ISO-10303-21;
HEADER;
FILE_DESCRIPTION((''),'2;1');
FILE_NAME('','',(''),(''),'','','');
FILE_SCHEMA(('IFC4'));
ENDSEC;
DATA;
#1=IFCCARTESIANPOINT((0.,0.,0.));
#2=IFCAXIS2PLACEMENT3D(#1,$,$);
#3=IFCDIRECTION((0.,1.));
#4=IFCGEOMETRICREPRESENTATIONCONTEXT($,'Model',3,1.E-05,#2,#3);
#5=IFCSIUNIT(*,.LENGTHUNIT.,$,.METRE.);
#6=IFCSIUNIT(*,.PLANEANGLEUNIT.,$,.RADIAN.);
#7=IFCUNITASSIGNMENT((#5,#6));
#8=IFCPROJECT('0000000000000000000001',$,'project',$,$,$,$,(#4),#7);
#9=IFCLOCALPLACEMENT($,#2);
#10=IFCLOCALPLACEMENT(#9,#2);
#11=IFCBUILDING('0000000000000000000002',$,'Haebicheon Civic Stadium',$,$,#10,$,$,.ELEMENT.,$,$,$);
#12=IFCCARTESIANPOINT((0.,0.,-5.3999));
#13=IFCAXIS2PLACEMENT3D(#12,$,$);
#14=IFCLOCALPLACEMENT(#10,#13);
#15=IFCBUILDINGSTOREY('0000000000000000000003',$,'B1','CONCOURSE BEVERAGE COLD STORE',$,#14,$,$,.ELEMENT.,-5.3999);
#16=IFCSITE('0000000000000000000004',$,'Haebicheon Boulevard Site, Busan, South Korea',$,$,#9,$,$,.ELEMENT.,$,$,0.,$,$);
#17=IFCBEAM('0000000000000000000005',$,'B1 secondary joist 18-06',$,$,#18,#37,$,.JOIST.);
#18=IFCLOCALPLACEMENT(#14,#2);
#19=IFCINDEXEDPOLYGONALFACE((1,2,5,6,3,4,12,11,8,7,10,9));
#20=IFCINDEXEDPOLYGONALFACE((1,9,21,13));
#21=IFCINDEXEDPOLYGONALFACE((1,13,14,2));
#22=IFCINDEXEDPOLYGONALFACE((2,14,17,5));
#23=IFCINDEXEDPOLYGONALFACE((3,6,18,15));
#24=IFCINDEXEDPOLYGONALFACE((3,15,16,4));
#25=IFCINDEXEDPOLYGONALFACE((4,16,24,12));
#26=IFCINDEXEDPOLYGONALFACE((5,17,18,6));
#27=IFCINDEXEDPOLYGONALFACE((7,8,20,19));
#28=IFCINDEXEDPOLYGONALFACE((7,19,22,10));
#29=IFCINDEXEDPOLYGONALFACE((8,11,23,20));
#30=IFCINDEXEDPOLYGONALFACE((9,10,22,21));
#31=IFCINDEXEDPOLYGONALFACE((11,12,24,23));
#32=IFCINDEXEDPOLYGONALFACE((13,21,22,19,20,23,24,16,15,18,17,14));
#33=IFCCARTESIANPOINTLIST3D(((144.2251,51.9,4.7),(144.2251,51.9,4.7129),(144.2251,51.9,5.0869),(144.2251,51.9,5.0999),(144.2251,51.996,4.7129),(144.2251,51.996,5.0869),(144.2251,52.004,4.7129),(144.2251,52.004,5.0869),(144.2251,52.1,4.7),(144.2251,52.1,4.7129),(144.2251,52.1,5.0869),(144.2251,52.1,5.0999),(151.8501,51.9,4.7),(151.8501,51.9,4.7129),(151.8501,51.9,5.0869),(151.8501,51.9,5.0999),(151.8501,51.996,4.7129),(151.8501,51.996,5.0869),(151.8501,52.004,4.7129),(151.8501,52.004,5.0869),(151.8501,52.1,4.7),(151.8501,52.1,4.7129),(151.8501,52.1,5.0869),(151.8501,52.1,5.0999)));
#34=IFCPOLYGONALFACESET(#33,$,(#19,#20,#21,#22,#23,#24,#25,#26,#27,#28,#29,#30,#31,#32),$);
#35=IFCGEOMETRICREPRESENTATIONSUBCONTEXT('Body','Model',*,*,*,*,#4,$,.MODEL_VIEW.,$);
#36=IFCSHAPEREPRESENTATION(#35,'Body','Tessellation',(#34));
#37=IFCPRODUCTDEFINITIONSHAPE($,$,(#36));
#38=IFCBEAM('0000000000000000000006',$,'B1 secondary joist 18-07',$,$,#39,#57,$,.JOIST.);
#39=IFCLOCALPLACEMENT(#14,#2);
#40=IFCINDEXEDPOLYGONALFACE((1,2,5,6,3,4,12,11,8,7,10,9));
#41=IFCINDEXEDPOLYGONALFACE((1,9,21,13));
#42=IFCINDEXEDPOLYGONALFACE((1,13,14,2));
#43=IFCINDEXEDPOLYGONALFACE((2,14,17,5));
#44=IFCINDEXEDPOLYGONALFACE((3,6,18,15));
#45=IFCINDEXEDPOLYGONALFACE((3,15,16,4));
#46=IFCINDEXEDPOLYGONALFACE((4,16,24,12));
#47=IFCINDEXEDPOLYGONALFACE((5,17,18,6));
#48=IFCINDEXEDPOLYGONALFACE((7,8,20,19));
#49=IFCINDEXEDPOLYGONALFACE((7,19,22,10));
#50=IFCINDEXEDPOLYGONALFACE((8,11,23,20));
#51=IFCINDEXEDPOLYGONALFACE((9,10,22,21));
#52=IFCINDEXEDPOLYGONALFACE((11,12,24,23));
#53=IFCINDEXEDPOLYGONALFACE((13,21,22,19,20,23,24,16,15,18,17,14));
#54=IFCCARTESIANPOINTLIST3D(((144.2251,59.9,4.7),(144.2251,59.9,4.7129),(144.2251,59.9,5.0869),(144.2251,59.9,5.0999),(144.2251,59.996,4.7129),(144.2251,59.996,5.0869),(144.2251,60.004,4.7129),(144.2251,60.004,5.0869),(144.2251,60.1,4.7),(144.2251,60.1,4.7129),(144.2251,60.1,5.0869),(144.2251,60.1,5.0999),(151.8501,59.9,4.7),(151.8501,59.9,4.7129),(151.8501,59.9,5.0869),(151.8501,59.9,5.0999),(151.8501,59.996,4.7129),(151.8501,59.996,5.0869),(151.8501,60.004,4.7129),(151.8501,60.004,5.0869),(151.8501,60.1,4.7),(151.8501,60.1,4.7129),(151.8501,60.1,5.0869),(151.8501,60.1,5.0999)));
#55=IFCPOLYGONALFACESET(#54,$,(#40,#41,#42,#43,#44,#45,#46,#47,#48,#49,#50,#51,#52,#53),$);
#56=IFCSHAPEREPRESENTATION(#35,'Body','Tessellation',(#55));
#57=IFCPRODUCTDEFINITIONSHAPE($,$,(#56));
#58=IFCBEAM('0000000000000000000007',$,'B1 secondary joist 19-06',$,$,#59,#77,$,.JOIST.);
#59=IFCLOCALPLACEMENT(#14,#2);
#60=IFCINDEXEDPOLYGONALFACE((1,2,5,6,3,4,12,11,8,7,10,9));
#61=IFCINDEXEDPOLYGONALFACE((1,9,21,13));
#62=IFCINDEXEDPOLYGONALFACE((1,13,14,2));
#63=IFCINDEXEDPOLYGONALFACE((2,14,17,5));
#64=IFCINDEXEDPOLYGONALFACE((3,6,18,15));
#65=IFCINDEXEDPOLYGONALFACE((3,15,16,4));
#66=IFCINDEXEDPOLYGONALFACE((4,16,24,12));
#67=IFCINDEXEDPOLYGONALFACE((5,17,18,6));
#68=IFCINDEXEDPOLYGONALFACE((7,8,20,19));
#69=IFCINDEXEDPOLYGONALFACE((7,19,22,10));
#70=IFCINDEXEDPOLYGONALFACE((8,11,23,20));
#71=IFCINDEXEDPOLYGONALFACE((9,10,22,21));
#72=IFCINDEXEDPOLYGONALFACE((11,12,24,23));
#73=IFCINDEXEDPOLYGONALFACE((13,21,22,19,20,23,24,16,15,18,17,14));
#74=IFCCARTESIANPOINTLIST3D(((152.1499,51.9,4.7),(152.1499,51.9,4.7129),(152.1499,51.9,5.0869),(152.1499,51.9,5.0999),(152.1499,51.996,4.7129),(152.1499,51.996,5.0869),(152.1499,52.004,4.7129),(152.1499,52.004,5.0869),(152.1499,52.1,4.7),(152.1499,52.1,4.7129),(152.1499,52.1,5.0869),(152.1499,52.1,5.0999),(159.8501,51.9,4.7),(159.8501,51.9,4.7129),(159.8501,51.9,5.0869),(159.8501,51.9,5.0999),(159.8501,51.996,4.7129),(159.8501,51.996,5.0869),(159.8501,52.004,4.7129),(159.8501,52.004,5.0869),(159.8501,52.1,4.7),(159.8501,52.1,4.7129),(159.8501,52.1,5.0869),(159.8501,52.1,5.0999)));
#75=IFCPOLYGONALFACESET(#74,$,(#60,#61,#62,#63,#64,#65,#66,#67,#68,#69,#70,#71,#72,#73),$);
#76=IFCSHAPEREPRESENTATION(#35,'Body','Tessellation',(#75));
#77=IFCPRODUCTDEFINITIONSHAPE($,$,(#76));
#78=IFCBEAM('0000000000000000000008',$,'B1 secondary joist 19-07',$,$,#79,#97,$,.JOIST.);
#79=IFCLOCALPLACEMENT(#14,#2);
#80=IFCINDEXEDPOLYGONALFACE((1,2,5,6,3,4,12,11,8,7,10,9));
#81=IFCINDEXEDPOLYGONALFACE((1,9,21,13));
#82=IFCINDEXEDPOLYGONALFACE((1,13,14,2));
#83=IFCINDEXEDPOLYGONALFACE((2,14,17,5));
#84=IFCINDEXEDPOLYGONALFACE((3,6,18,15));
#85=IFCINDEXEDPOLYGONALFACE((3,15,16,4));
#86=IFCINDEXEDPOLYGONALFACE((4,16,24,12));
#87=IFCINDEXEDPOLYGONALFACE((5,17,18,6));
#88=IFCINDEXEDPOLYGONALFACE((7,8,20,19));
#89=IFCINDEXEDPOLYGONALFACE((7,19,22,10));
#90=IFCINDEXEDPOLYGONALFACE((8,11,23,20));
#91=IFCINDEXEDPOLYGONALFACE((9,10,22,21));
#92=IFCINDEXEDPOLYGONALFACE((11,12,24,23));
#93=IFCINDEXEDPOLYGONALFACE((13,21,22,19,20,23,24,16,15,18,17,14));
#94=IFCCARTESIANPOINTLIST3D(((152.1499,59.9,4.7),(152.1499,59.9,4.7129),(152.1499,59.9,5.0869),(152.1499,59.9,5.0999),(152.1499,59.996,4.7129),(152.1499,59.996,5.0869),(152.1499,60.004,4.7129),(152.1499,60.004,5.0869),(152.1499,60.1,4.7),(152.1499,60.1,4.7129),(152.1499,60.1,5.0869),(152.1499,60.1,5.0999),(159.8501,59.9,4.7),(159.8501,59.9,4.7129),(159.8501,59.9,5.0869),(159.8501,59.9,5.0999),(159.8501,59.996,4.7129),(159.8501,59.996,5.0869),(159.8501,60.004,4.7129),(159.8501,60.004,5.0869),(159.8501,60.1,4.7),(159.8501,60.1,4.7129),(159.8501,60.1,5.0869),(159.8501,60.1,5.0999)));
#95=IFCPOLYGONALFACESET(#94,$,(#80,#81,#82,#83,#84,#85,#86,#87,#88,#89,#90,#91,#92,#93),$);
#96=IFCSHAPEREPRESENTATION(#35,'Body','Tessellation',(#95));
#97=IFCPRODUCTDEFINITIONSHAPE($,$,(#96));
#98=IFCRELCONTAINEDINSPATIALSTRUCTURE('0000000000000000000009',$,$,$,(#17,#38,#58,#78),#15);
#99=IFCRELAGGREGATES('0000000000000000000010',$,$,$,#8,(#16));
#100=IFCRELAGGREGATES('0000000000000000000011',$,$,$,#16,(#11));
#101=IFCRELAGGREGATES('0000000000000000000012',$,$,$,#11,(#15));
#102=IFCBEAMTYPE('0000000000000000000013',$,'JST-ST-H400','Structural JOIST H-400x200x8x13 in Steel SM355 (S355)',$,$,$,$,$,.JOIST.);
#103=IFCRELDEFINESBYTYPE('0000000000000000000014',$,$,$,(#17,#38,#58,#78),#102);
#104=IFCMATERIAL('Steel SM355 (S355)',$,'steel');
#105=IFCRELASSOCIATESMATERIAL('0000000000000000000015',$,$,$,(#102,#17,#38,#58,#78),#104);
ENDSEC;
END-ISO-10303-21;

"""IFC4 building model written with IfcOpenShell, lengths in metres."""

from ifc_helpers import new_model, si_unit, direction, frame, origin, origin_2d, place, context, subcontext, project, spatial, i_section, extrude, material, material_profile, profile_set, type_object, element, save


model = new_model("IFC4")

# Units and contexts
model_context = context("Model", 3, precision=1e-05, world=origin(), true_north=direction((0.0, 1.0)))
body_context = subcontext(model_context, "Body", "Model", "MODEL_VIEW")
ifc_project = project(units=[si_unit("LENGTHUNIT", "METRE"), si_unit("PLANEANGLEUNIT", "RADIAN")], contexts=[model_context])

# Site, building, storey
site_placement = place(None, origin())
site = spatial("IfcSite", under=ifc_project, at=site_placement, Name="Haebicheon Boulevard Site, Busan, South Korea", CompositionType="ELEMENT", RefElevation=0.0)
building_placement = place(site_placement, origin())
building = spatial("IfcBuilding", under=site, at=building_placement, Name="Haebicheon Civic Stadium", CompositionType="ELEMENT")
storey_placement = place(building_placement, frame((0.0, 0.0, -5.3999)))
storey = spatial("IfcBuildingStorey", under=building, at=storey_placement, Name="B1", Description="CONCOURSE BEVERAGE COLD STORE", CompositionType="ELEMENT", Elevation=-5.3999)

# Beams
ifc_material_1 = material(Name="Steel SM355 (S355)", Category="steel")
ifc_material_profile_1 = material_profile(ifc_material_1, i_section(OverallWidth=0.2, OverallDepth=0.3999, WebThickness=0.0081, FlangeThickness=0.0129, at=origin_2d()), Name="H-400x200x8x13")
ifc_profile_set_1 = profile_set([ifc_material_profile_1], Name="Steel SM355 (S355)")
beam_type_1 = type_object("IfcBeamType", Name="JST-ST-H400", Description="Structural JOIST H-400x200x8x13 in Steel SM355 (S355)", PredefinedType="JOIST", material=ifc_profile_set_1)
for number, where, z_axis, x_axis, name in (
    (1, (144.2251, 52.0, 4.8999), (1.0, 0.0, 0.0), (0.0, 1.0, 0.0), "B1 secondary joist 18-06"),
    (2, (144.2251, 60.0, 4.8999), (1.0, 0.0, 0.0), (0.0, 1.0, 0.0), "B1 secondary joist 18-07"),
):
    element("IfcBeam", number, at=place(storey_placement, frame(where, z_axis=z_axis, x_axis=x_axis)), inside=storey, type_object=beam_type_1, material=ifc_profile_set_1, Name=name, PredefinedType="JOIST", context=body_context, shape_type="SweptSolid", body=[
        extrude(i_section(OverallWidth=0.2, OverallDepth=0.3999, WebThickness=0.0081, FlangeThickness=0.0129, at=origin_2d()), origin(), (0.0, 0.0, 1.0), 7.625),
    ])
for number, where, z_axis, x_axis, name in (
    (3, (152.1499, 52.0, 4.8999), (1.0, 0.0, 0.0), (0.0, 1.0, 0.0), "B1 secondary joist 19-06"),
    (4, (152.1499, 60.0, 4.8999), (1.0, 0.0, 0.0), (0.0, 1.0, 0.0), "B1 secondary joist 19-07"),
):
    element("IfcBeam", number, at=place(storey_placement, frame(where, z_axis=z_axis, x_axis=x_axis)), inside=storey, type_object=beam_type_1, material=ifc_profile_set_1, Name=name, PredefinedType="JOIST", context=body_context, shape_type="SweptSolid", body=[
        extrude(i_section(OverallWidth=0.2, OverallDepth=0.3999, WebThickness=0.0081, FlangeThickness=0.0129, at=origin_2d()), origin(), (0.0, 0.0, 1.0), 7.7002),
    ])

save(model, "model.ifc")
